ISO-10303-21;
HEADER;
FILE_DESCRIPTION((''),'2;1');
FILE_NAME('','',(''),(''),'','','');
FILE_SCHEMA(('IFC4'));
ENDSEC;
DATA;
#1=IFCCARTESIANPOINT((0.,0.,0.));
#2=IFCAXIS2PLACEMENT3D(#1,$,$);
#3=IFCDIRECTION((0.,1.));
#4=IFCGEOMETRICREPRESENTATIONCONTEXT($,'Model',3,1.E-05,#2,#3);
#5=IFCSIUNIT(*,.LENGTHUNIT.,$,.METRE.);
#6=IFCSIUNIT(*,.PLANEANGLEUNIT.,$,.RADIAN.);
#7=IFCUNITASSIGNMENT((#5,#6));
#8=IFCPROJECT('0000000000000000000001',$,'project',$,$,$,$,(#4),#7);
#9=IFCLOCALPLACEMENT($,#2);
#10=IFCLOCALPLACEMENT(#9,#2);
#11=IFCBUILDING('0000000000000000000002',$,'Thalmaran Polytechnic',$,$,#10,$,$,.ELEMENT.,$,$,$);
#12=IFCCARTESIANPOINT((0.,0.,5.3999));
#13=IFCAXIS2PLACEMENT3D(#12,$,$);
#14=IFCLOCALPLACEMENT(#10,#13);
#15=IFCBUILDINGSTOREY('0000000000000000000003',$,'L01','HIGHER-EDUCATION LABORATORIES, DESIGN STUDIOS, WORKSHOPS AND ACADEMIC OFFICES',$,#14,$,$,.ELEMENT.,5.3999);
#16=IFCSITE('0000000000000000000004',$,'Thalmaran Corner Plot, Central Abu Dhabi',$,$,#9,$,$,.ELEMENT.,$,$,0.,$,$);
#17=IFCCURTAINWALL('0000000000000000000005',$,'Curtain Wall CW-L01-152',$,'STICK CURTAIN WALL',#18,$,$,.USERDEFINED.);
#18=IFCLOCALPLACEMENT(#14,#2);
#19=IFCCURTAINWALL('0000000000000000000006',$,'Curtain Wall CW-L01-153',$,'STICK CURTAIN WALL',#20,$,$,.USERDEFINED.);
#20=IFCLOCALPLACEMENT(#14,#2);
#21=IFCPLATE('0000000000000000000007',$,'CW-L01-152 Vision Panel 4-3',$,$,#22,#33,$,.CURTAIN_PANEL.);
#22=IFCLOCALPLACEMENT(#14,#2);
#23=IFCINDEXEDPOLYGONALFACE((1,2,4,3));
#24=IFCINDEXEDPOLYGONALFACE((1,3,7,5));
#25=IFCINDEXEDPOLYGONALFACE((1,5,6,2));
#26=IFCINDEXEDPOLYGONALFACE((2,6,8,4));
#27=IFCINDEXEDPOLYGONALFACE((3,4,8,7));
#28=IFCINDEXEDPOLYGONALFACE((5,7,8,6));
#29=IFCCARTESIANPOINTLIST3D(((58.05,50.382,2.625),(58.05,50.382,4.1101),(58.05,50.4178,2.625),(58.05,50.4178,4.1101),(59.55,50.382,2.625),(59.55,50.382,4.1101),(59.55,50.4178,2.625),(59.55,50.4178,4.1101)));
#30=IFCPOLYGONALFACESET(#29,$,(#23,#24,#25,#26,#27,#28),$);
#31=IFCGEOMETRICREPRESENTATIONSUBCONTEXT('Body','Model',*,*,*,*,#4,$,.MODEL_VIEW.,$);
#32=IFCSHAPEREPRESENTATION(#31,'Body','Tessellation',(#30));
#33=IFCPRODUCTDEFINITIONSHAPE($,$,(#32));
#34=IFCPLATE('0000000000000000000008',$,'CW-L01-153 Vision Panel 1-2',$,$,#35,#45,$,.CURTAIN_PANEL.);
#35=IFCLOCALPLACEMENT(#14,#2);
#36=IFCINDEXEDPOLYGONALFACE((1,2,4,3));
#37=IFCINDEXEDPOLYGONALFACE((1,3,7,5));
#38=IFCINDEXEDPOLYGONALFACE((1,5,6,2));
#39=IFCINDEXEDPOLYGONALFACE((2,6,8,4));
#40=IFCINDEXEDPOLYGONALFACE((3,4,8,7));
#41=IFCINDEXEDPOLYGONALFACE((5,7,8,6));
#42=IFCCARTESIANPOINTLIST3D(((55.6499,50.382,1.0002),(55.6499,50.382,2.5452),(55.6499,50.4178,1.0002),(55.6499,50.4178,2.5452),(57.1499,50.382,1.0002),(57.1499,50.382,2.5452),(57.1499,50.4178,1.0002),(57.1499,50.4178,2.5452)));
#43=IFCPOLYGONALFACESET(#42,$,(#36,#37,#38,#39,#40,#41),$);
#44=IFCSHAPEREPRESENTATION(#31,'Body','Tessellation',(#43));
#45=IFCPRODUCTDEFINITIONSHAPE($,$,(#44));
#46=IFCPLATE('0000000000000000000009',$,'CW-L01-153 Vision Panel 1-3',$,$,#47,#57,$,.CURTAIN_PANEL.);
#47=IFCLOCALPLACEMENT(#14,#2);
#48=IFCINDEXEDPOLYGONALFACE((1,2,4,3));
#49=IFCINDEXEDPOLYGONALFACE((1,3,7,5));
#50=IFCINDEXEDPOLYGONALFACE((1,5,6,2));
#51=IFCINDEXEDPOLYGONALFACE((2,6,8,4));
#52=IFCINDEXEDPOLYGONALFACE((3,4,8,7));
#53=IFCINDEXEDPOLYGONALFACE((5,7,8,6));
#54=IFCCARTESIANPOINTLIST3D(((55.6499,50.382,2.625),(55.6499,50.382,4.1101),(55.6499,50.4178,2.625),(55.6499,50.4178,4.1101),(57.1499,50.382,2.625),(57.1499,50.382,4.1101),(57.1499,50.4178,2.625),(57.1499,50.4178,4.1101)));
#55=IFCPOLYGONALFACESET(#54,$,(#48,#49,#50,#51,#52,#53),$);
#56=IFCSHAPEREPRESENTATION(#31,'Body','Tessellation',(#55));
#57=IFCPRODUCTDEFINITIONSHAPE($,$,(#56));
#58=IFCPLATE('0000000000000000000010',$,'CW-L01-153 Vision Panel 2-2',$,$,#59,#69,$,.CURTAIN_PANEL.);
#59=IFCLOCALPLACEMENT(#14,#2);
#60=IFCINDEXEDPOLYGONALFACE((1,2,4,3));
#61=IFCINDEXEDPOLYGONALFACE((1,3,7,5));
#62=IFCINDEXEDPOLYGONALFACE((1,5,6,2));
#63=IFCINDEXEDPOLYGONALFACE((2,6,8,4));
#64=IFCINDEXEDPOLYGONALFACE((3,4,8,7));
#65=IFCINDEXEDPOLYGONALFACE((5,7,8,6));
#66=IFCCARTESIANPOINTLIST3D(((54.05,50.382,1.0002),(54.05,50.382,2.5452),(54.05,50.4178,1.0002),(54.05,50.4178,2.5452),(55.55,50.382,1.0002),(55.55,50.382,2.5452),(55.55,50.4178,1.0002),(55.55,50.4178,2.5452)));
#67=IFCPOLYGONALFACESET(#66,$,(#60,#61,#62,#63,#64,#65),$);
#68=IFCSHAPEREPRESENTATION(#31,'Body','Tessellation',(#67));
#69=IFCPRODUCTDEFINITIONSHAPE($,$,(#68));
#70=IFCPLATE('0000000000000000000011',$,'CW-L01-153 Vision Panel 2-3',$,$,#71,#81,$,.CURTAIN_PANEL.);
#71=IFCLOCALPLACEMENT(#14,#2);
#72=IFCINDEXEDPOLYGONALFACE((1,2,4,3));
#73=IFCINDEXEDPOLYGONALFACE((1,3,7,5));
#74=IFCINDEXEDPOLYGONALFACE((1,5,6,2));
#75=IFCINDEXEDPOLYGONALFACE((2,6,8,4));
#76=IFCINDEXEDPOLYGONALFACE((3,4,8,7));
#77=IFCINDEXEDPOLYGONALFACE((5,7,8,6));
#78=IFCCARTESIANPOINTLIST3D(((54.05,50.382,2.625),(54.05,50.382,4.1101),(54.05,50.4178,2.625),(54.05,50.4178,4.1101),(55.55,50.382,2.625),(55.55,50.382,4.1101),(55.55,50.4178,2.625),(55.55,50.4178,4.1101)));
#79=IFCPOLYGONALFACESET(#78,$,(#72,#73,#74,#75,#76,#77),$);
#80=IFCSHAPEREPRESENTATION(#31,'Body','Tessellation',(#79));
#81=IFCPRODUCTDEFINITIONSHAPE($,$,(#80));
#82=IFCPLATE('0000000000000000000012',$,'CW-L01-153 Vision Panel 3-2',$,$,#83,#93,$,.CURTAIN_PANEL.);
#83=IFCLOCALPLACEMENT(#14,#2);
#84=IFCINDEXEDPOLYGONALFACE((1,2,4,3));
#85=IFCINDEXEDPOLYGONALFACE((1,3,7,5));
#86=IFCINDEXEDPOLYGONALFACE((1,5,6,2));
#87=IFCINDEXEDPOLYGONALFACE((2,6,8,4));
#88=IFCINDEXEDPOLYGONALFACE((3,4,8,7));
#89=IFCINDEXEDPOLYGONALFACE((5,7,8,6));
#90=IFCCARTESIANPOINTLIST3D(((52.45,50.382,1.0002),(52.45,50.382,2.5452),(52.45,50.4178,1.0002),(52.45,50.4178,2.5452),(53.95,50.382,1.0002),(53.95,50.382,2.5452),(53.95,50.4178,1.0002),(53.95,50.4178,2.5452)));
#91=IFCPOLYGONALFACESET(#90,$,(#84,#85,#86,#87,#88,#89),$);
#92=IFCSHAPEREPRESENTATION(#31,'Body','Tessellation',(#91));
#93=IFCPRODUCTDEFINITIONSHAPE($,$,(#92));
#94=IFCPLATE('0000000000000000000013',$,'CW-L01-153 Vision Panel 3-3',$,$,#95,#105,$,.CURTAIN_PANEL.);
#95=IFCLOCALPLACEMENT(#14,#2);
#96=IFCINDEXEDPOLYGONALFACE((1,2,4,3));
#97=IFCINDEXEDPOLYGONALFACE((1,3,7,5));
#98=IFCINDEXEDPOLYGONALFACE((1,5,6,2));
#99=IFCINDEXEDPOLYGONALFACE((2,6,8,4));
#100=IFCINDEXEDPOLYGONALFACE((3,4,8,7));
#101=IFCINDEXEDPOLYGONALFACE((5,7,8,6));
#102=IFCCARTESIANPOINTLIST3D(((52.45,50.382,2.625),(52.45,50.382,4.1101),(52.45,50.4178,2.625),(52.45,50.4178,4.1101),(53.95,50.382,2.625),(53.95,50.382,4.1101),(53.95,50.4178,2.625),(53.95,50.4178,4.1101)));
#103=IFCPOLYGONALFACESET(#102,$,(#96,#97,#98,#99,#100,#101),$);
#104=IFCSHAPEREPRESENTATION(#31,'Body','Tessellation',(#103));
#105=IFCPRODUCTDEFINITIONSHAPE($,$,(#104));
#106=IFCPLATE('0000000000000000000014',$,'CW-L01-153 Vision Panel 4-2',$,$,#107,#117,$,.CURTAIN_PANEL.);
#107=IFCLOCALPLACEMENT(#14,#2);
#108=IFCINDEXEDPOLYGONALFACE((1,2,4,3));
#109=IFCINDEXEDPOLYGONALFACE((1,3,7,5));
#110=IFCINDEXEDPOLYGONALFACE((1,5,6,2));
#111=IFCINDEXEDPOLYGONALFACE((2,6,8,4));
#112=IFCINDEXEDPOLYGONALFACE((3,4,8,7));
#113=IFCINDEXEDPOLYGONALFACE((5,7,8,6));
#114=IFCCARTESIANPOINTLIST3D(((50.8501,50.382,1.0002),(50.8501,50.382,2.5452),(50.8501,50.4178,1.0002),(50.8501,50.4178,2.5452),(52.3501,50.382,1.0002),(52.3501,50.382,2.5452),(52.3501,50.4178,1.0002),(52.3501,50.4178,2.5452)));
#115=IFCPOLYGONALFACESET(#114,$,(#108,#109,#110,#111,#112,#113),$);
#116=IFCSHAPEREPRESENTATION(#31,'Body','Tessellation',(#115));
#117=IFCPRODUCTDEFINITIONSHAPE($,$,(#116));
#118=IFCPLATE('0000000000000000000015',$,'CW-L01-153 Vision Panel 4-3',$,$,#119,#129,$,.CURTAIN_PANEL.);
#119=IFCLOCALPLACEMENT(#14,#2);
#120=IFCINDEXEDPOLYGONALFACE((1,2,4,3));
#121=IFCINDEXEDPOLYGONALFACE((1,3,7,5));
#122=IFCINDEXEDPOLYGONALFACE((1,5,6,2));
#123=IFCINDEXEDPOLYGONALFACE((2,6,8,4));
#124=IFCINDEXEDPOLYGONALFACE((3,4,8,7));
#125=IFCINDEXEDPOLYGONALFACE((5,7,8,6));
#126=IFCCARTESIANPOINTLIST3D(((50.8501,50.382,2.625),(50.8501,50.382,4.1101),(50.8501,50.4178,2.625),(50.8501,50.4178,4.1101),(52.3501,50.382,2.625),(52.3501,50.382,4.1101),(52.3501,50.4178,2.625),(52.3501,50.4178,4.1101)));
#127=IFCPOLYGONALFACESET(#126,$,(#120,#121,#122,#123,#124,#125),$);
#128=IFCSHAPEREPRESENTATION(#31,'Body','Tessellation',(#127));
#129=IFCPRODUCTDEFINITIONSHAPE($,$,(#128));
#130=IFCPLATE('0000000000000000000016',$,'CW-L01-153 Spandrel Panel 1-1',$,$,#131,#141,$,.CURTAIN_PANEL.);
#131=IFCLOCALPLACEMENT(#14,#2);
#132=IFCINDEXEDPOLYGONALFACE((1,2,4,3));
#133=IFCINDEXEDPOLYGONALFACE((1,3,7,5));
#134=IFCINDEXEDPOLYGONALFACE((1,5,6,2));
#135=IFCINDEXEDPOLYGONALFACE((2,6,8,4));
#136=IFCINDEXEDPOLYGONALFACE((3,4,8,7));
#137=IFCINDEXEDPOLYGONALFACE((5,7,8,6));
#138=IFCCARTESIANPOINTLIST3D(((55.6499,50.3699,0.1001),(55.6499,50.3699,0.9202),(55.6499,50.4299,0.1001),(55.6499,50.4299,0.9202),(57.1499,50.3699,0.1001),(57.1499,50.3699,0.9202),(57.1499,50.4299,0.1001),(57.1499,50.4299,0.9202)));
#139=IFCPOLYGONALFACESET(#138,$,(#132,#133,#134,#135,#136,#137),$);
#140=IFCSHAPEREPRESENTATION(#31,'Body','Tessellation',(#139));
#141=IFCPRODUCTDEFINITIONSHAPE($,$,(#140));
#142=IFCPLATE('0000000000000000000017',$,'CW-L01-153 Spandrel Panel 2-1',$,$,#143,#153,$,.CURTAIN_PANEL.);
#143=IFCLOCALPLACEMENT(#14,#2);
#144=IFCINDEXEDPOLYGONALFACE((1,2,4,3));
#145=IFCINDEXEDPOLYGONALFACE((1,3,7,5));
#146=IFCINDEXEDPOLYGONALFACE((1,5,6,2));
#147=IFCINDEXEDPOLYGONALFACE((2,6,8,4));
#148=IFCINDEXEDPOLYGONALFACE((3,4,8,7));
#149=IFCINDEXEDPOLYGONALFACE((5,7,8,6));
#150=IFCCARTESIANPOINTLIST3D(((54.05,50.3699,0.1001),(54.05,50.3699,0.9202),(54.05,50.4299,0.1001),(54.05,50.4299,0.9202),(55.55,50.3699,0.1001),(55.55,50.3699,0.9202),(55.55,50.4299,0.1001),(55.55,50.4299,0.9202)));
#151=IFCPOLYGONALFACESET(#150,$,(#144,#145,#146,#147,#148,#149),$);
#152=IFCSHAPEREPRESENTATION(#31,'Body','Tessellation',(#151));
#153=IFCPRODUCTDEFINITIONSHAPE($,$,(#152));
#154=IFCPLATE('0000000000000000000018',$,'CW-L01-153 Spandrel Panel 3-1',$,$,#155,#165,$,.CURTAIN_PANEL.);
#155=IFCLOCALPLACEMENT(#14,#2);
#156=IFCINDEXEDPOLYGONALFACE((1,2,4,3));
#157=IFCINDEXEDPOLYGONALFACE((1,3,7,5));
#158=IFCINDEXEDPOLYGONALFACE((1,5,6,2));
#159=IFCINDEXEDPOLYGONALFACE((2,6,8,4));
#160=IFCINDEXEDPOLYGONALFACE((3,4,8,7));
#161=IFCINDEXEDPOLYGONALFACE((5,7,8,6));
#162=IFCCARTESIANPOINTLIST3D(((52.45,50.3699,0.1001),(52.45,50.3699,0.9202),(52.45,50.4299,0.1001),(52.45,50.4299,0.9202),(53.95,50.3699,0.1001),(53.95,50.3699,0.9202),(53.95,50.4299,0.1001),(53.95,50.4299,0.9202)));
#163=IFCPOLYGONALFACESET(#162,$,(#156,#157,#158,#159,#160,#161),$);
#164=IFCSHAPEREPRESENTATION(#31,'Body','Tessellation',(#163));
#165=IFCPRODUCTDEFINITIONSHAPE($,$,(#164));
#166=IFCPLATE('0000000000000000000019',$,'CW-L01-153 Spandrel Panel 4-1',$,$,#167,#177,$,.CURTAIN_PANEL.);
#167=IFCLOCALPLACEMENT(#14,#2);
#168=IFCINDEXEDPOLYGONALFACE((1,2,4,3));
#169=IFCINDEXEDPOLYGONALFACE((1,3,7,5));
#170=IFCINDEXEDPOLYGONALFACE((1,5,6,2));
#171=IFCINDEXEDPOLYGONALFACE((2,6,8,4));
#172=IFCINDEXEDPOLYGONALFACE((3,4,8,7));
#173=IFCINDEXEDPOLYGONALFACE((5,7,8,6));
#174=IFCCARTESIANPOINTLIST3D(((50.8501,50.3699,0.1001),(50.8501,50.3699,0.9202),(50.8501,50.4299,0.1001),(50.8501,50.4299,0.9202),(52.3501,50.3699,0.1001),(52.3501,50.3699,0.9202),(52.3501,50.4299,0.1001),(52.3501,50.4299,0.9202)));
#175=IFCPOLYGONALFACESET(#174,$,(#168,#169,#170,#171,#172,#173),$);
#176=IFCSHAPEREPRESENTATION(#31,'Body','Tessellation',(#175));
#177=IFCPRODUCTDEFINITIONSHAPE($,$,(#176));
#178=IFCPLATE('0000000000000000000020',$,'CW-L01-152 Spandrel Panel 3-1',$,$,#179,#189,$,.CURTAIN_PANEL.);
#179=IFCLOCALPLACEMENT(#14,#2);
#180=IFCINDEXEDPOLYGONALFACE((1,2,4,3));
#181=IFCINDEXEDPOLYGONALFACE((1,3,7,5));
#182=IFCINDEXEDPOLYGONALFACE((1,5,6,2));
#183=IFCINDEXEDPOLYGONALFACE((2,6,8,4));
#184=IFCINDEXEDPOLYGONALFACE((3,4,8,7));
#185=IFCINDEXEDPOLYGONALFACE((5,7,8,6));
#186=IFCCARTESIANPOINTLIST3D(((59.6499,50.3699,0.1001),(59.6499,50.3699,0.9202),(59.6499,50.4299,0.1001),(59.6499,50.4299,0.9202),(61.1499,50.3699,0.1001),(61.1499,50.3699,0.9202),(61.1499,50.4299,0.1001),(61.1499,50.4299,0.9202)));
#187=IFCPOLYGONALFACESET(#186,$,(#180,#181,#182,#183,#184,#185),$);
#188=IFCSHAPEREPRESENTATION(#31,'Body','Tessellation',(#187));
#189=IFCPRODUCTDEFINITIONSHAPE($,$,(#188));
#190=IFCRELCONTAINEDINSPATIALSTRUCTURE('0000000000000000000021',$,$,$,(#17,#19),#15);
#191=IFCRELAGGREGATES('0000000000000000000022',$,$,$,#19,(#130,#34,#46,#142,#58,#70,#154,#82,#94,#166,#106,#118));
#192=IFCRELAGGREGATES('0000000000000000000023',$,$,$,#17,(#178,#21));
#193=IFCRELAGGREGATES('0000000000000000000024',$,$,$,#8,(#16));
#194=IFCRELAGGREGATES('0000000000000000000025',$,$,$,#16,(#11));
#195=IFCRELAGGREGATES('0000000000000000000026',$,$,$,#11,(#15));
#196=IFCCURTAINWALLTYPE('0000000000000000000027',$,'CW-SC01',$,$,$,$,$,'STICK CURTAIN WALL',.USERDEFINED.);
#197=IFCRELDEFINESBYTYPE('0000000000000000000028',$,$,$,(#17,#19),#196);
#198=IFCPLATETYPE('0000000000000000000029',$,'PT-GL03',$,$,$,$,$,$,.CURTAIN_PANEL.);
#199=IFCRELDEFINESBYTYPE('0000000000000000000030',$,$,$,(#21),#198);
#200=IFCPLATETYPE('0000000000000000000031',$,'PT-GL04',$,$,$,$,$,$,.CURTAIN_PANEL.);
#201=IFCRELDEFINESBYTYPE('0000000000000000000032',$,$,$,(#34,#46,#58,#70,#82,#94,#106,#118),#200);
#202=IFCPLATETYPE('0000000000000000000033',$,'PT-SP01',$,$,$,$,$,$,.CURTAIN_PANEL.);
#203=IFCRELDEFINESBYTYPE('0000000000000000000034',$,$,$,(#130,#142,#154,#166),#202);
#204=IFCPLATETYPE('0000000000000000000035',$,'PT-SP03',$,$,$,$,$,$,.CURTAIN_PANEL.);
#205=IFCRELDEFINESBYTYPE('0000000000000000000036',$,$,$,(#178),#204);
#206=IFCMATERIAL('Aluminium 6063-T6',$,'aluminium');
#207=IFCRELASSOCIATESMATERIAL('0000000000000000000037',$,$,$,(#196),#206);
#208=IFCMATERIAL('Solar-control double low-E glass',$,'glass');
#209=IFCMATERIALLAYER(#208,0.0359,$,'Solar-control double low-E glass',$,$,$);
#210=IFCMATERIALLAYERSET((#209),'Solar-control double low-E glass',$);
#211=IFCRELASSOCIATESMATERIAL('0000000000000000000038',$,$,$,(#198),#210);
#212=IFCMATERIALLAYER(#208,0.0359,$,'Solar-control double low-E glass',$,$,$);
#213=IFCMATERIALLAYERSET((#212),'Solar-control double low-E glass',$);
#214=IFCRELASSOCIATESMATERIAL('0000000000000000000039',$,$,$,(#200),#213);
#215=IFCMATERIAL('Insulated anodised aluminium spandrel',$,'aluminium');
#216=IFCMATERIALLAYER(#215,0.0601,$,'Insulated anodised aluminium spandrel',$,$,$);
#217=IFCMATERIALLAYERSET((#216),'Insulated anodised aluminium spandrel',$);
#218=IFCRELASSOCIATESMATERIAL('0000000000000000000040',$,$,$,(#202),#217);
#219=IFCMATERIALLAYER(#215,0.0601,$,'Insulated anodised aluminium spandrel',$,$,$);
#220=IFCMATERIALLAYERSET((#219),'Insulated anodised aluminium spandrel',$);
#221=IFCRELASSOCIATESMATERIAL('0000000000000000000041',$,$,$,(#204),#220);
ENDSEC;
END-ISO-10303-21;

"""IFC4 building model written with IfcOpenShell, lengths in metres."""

from ifc_helpers import new_model, si_unit, direction, frame, origin, origin_2d, place, context, subcontext, project, spatial, rectangle, extrude, material, layer, layer_set, type_object, element, aggregate, save


model = new_model("IFC4")

# Units and contexts
model_context = context("Model", 3, precision=1e-05, world=origin(), true_north=direction((0.0, 1.0)))
body_context = subcontext(model_context, "Body", "Model", "MODEL_VIEW")
ifc_project = project(units=[si_unit("LENGTHUNIT", "METRE"), si_unit("PLANEANGLEUNIT", "RADIAN")], contexts=[model_context])

# Site, building, storey
site_placement = place(None, origin())
site = spatial("IfcSite", under=ifc_project, at=site_placement, Name="Thalmaran Corner Plot, Central Abu Dhabi", CompositionType="ELEMENT", RefElevation=0.0)
building_placement = place(site_placement, origin())
building = spatial("IfcBuilding", under=site, at=building_placement, Name="Thalmaran Polytechnic", CompositionType="ELEMENT")
storey_placement = place(building_placement, frame((0.0, 0.0, 5.3999)))
storey = spatial("IfcBuildingStorey", under=building, at=storey_placement, Name="L01", Description="HIGHER-EDUCATION LABORATORIES, DESIGN STUDIOS, WORKSHOPS AND ACADEMIC OFFICES", CompositionType="ELEMENT", Elevation=5.3999)

# Curtain walls
ifc_material_1 = material(Name="Aluminium 6063-T6", Category="aluminium")
curtain_wall_type = type_object("IfcCurtainWallType", Name="CW-SC01", ElementType="STICK CURTAIN WALL", PredefinedType="USERDEFINED", material=ifc_material_1)
curtain_wall_1_placement = place(storey_placement, origin())
curtain_wall_1 = element("IfcCurtainWall", 1, at=curtain_wall_1_placement, inside=storey, type_object=curtain_wall_type, Name="Curtain Wall CW-L01-152", ObjectType="STICK CURTAIN WALL", PredefinedType="USERDEFINED")
curtain_wall_2_placement = place(storey_placement, origin())
curtain_wall_2 = element("IfcCurtainWall", 2, at=curtain_wall_2_placement, inside=storey, type_object=curtain_wall_type, Name="Curtain Wall CW-L01-153", ObjectType="STICK CURTAIN WALL", PredefinedType="USERDEFINED")

# Plates
ifc_material_2 = material(Name="Solar-control double low-E glass", Category="glass")
ifc_layer_1 = layer(ifc_material_2, 0.0359, Name="Solar-control double low-E glass")
ifc_layer_set_1 = layer_set([ifc_layer_1], Name="Solar-control double low-E glass")
plate_type_1 = type_object("IfcPlateType", Name="PT-GL03", PredefinedType="CURTAIN_PANEL", material=ifc_layer_set_1)
plate_1_placement = place(storey_placement, frame((58.8, 50.3999, 2.625), z_axis=(0.0, 0.0, 1.0), x_axis=(-1.0, 0.0, 0.0)))
plate_1 = element("IfcPlate", 3, at=plate_1_placement, type_object=plate_type_1, Name="CW-L01-152 Vision Panel 4-3", PredefinedType="CURTAIN_PANEL", context=body_context, shape_type="SweptSolid", body=[
    extrude(rectangle(XDim=1.5, YDim=0.0359, at=origin_2d()), origin(), (0.0, 0.0, 1.0), 1.4851),
])
ifc_layer_2 = layer(ifc_material_2, 0.0359, Name="Solar-control double low-E glass")
ifc_layer_set_2 = layer_set([ifc_layer_2], Name="Solar-control double low-E glass")
plate_type_2 = type_object("IfcPlateType", Name="PT-GL04", PredefinedType="CURTAIN_PANEL", material=ifc_layer_set_2)
plate_2_placement = place(storey_placement, frame((56.3999, 50.3999, 1.0002), z_axis=(0.0, 0.0, 1.0), x_axis=(-1.0, 0.0, 0.0)))
plate_2 = element("IfcPlate", 4, at=plate_2_placement, type_object=plate_type_2, Name="CW-L01-153 Vision Panel 1-2", PredefinedType="CURTAIN_PANEL", context=body_context, shape_type="SweptSolid", body=[
    extrude(rectangle(XDim=1.5, YDim=0.0359, at=origin_2d()), origin(), (0.0, 0.0, 1.0), 1.5449),
])
plate_3_placement = place(storey_placement, frame((56.3999, 50.3999, 2.625), z_axis=(0.0, 0.0, 1.0), x_axis=(-1.0, 0.0, 0.0)))
plate_3 = element("IfcPlate", 5, at=plate_3_placement, type_object=plate_type_2, Name="CW-L01-153 Vision Panel 1-3", PredefinedType="CURTAIN_PANEL", context=body_context, shape_type="SweptSolid", body=[
    extrude(rectangle(XDim=1.5, YDim=0.0359, at=origin_2d()), origin(), (0.0, 0.0, 1.0), 1.4851),
])
plate_4_placement = place(storey_placement, frame((54.8, 50.3999, 1.0002), z_axis=(0.0, 0.0, 1.0), x_axis=(-1.0, 0.0, 0.0)))
plate_4 = element("IfcPlate", 6, at=plate_4_placement, type_object=plate_type_2, Name="CW-L01-153 Vision Panel 2-2", PredefinedType="CURTAIN_PANEL", context=body_context, shape_type="SweptSolid", body=[
    extrude(rectangle(XDim=1.5, YDim=0.0359, at=origin_2d()), origin(), (0.0, 0.0, 1.0), 1.5449),
])
plate_5_placement = place(storey_placement, frame((54.8, 50.3999, 2.625), z_axis=(0.0, 0.0, 1.0), x_axis=(-1.0, 0.0, 0.0)))
plate_5 = element("IfcPlate", 7, at=plate_5_placement, type_object=plate_type_2, Name="CW-L01-153 Vision Panel 2-3", PredefinedType="CURTAIN_PANEL", context=body_context, shape_type="SweptSolid", body=[
    extrude(rectangle(XDim=1.5, YDim=0.0359, at=origin_2d()), origin(), (0.0, 0.0, 1.0), 1.4851),
])
plate_6_placement = place(storey_placement, frame((53.2, 50.3999, 1.0002), z_axis=(0.0, 0.0, 1.0), x_axis=(-1.0, 0.0, 0.0)))
plate_6 = element("IfcPlate", 8, at=plate_6_placement, type_object=plate_type_2, Name="CW-L01-153 Vision Panel 3-2", PredefinedType="CURTAIN_PANEL", context=body_context, shape_type="SweptSolid", body=[
    extrude(rectangle(XDim=1.5, YDim=0.0359, at=origin_2d()), origin(), (0.0, 0.0, 1.0), 1.5449),
])
plate_7_placement = place(storey_placement, frame((53.2, 50.3999, 2.625), z_axis=(0.0, 0.0, 1.0), x_axis=(-1.0, 0.0, 0.0)))
plate_7 = element("IfcPlate", 9, at=plate_7_placement, type_object=plate_type_2, Name="CW-L01-153 Vision Panel 3-3", PredefinedType="CURTAIN_PANEL", context=body_context, shape_type="SweptSolid", body=[
    extrude(rectangle(XDim=1.5, YDim=0.0359, at=origin_2d()), origin(), (0.0, 0.0, 1.0), 1.4851),
])
plate_8_placement = place(storey_placement, frame((51.6001, 50.3999, 1.0002), z_axis=(0.0, 0.0, 1.0), x_axis=(-1.0, 0.0, 0.0)))
plate_8 = element("IfcPlate", 10, at=plate_8_placement, type_object=plate_type_2, Name="CW-L01-153 Vision Panel 4-2", PredefinedType="CURTAIN_PANEL", context=body_context, shape_type="SweptSolid", body=[
    extrude(rectangle(XDim=1.5, YDim=0.0359, at=origin_2d()), origin(), (0.0, 0.0, 1.0), 1.5449),
])
plate_9_placement = place(storey_placement, frame((51.6001, 50.3999, 2.625), z_axis=(0.0, 0.0, 1.0), x_axis=(-1.0, 0.0, 0.0)))
plate_9 = element("IfcPlate", 11, at=plate_9_placement, type_object=plate_type_2, Name="CW-L01-153 Vision Panel 4-3", PredefinedType="CURTAIN_PANEL", context=body_context, shape_type="SweptSolid", body=[
    extrude(rectangle(XDim=1.5, YDim=0.0359, at=origin_2d()), origin(), (0.0, 0.0, 1.0), 1.4851),
])
ifc_material_3 = material(Name="Insulated anodised aluminium spandrel", Category="aluminium")
ifc_layer_3 = layer(ifc_material_3, 0.0601, Name="Insulated anodised aluminium spandrel")
ifc_layer_set_3 = layer_set([ifc_layer_3], Name="Insulated anodised aluminium spandrel")
plate_type_3 = type_object("IfcPlateType", Name="PT-SP01", PredefinedType="CURTAIN_PANEL", material=ifc_layer_set_3)
plate_10_placement = place(storey_placement, frame((56.3999, 50.3999, 0.1001), z_axis=(0.0, 0.0, 1.0), x_axis=(-1.0, 0.0, 0.0)))
plate_10 = element("IfcPlate", 12, at=plate_10_placement, type_object=plate_type_3, Name="CW-L01-153 Spandrel Panel 1-1", PredefinedType="CURTAIN_PANEL", context=body_context, shape_type="SweptSolid", body=[
    extrude(rectangle(XDim=1.5, YDim=0.0601, at=origin_2d()), origin(), (0.0, 0.0, 1.0), 0.8201),
])
plate_11_placement = place(storey_placement, frame((54.8, 50.3999, 0.1001), z_axis=(0.0, 0.0, 1.0), x_axis=(-1.0, 0.0, 0.0)))
plate_11 = element("IfcPlate", 13, at=plate_11_placement, type_object=plate_type_3, Name="CW-L01-153 Spandrel Panel 2-1", PredefinedType="CURTAIN_PANEL", context=body_context, shape_type="SweptSolid", body=[
    extrude(rectangle(XDim=1.5, YDim=0.0601, at=origin_2d()), origin(), (0.0, 0.0, 1.0), 0.8201),
])
plate_12_placement = place(storey_placement, frame((53.2, 50.3999, 0.1001), z_axis=(0.0, 0.0, 1.0), x_axis=(-1.0, 0.0, 0.0)))
plate_12 = element("IfcPlate", 14, at=plate_12_placement, type_object=plate_type_3, Name="CW-L01-153 Spandrel Panel 3-1", PredefinedType="CURTAIN_PANEL", context=body_context, shape_type="SweptSolid", body=[
    extrude(rectangle(XDim=1.5, YDim=0.0601, at=origin_2d()), origin(), (0.0, 0.0, 1.0), 0.8201),
])
plate_13_placement = place(storey_placement, frame((51.6001, 50.3999, 0.1001), z_axis=(0.0, 0.0, 1.0), x_axis=(-1.0, 0.0, 0.0)))
plate_13 = element("IfcPlate", 15, at=plate_13_placement, type_object=plate_type_3, Name="CW-L01-153 Spandrel Panel 4-1", PredefinedType="CURTAIN_PANEL", context=body_context, shape_type="SweptSolid", body=[
    extrude(rectangle(XDim=1.5, YDim=0.0601, at=origin_2d()), origin(), (0.0, 0.0, 1.0), 0.8201),
])
aggregate(curtain_wall_2, [plate_10, plate_2, plate_3, plate_11, plate_4, plate_5, plate_12, plate_6, plate_7, plate_13, plate_8, plate_9])
ifc_layer_4 = layer(ifc_material_3, 0.0601, Name="Insulated anodised aluminium spandrel")
ifc_layer_set_4 = layer_set([ifc_layer_4], Name="Insulated anodised aluminium spandrel")
plate_type_4 = type_object("IfcPlateType", Name="PT-SP03", PredefinedType="CURTAIN_PANEL", material=ifc_layer_set_4)
plate_14_placement = place(storey_placement, frame((60.3999, 50.3999, 0.1001), z_axis=(0.0, 0.0, 1.0), x_axis=(-1.0, 0.0, 0.0)))
plate_14 = element("IfcPlate", 16, at=plate_14_placement, type_object=plate_type_4, Name="CW-L01-152 Spandrel Panel 3-1", PredefinedType="CURTAIN_PANEL", context=body_context, shape_type="SweptSolid", body=[
    extrude(rectangle(XDim=1.5, YDim=0.0601, at=origin_2d()), origin(), (0.0, 0.0, 1.0), 0.8201),
])
aggregate(curtain_wall_1, [plate_14, plate_1])

save(model, "model.ifc")
